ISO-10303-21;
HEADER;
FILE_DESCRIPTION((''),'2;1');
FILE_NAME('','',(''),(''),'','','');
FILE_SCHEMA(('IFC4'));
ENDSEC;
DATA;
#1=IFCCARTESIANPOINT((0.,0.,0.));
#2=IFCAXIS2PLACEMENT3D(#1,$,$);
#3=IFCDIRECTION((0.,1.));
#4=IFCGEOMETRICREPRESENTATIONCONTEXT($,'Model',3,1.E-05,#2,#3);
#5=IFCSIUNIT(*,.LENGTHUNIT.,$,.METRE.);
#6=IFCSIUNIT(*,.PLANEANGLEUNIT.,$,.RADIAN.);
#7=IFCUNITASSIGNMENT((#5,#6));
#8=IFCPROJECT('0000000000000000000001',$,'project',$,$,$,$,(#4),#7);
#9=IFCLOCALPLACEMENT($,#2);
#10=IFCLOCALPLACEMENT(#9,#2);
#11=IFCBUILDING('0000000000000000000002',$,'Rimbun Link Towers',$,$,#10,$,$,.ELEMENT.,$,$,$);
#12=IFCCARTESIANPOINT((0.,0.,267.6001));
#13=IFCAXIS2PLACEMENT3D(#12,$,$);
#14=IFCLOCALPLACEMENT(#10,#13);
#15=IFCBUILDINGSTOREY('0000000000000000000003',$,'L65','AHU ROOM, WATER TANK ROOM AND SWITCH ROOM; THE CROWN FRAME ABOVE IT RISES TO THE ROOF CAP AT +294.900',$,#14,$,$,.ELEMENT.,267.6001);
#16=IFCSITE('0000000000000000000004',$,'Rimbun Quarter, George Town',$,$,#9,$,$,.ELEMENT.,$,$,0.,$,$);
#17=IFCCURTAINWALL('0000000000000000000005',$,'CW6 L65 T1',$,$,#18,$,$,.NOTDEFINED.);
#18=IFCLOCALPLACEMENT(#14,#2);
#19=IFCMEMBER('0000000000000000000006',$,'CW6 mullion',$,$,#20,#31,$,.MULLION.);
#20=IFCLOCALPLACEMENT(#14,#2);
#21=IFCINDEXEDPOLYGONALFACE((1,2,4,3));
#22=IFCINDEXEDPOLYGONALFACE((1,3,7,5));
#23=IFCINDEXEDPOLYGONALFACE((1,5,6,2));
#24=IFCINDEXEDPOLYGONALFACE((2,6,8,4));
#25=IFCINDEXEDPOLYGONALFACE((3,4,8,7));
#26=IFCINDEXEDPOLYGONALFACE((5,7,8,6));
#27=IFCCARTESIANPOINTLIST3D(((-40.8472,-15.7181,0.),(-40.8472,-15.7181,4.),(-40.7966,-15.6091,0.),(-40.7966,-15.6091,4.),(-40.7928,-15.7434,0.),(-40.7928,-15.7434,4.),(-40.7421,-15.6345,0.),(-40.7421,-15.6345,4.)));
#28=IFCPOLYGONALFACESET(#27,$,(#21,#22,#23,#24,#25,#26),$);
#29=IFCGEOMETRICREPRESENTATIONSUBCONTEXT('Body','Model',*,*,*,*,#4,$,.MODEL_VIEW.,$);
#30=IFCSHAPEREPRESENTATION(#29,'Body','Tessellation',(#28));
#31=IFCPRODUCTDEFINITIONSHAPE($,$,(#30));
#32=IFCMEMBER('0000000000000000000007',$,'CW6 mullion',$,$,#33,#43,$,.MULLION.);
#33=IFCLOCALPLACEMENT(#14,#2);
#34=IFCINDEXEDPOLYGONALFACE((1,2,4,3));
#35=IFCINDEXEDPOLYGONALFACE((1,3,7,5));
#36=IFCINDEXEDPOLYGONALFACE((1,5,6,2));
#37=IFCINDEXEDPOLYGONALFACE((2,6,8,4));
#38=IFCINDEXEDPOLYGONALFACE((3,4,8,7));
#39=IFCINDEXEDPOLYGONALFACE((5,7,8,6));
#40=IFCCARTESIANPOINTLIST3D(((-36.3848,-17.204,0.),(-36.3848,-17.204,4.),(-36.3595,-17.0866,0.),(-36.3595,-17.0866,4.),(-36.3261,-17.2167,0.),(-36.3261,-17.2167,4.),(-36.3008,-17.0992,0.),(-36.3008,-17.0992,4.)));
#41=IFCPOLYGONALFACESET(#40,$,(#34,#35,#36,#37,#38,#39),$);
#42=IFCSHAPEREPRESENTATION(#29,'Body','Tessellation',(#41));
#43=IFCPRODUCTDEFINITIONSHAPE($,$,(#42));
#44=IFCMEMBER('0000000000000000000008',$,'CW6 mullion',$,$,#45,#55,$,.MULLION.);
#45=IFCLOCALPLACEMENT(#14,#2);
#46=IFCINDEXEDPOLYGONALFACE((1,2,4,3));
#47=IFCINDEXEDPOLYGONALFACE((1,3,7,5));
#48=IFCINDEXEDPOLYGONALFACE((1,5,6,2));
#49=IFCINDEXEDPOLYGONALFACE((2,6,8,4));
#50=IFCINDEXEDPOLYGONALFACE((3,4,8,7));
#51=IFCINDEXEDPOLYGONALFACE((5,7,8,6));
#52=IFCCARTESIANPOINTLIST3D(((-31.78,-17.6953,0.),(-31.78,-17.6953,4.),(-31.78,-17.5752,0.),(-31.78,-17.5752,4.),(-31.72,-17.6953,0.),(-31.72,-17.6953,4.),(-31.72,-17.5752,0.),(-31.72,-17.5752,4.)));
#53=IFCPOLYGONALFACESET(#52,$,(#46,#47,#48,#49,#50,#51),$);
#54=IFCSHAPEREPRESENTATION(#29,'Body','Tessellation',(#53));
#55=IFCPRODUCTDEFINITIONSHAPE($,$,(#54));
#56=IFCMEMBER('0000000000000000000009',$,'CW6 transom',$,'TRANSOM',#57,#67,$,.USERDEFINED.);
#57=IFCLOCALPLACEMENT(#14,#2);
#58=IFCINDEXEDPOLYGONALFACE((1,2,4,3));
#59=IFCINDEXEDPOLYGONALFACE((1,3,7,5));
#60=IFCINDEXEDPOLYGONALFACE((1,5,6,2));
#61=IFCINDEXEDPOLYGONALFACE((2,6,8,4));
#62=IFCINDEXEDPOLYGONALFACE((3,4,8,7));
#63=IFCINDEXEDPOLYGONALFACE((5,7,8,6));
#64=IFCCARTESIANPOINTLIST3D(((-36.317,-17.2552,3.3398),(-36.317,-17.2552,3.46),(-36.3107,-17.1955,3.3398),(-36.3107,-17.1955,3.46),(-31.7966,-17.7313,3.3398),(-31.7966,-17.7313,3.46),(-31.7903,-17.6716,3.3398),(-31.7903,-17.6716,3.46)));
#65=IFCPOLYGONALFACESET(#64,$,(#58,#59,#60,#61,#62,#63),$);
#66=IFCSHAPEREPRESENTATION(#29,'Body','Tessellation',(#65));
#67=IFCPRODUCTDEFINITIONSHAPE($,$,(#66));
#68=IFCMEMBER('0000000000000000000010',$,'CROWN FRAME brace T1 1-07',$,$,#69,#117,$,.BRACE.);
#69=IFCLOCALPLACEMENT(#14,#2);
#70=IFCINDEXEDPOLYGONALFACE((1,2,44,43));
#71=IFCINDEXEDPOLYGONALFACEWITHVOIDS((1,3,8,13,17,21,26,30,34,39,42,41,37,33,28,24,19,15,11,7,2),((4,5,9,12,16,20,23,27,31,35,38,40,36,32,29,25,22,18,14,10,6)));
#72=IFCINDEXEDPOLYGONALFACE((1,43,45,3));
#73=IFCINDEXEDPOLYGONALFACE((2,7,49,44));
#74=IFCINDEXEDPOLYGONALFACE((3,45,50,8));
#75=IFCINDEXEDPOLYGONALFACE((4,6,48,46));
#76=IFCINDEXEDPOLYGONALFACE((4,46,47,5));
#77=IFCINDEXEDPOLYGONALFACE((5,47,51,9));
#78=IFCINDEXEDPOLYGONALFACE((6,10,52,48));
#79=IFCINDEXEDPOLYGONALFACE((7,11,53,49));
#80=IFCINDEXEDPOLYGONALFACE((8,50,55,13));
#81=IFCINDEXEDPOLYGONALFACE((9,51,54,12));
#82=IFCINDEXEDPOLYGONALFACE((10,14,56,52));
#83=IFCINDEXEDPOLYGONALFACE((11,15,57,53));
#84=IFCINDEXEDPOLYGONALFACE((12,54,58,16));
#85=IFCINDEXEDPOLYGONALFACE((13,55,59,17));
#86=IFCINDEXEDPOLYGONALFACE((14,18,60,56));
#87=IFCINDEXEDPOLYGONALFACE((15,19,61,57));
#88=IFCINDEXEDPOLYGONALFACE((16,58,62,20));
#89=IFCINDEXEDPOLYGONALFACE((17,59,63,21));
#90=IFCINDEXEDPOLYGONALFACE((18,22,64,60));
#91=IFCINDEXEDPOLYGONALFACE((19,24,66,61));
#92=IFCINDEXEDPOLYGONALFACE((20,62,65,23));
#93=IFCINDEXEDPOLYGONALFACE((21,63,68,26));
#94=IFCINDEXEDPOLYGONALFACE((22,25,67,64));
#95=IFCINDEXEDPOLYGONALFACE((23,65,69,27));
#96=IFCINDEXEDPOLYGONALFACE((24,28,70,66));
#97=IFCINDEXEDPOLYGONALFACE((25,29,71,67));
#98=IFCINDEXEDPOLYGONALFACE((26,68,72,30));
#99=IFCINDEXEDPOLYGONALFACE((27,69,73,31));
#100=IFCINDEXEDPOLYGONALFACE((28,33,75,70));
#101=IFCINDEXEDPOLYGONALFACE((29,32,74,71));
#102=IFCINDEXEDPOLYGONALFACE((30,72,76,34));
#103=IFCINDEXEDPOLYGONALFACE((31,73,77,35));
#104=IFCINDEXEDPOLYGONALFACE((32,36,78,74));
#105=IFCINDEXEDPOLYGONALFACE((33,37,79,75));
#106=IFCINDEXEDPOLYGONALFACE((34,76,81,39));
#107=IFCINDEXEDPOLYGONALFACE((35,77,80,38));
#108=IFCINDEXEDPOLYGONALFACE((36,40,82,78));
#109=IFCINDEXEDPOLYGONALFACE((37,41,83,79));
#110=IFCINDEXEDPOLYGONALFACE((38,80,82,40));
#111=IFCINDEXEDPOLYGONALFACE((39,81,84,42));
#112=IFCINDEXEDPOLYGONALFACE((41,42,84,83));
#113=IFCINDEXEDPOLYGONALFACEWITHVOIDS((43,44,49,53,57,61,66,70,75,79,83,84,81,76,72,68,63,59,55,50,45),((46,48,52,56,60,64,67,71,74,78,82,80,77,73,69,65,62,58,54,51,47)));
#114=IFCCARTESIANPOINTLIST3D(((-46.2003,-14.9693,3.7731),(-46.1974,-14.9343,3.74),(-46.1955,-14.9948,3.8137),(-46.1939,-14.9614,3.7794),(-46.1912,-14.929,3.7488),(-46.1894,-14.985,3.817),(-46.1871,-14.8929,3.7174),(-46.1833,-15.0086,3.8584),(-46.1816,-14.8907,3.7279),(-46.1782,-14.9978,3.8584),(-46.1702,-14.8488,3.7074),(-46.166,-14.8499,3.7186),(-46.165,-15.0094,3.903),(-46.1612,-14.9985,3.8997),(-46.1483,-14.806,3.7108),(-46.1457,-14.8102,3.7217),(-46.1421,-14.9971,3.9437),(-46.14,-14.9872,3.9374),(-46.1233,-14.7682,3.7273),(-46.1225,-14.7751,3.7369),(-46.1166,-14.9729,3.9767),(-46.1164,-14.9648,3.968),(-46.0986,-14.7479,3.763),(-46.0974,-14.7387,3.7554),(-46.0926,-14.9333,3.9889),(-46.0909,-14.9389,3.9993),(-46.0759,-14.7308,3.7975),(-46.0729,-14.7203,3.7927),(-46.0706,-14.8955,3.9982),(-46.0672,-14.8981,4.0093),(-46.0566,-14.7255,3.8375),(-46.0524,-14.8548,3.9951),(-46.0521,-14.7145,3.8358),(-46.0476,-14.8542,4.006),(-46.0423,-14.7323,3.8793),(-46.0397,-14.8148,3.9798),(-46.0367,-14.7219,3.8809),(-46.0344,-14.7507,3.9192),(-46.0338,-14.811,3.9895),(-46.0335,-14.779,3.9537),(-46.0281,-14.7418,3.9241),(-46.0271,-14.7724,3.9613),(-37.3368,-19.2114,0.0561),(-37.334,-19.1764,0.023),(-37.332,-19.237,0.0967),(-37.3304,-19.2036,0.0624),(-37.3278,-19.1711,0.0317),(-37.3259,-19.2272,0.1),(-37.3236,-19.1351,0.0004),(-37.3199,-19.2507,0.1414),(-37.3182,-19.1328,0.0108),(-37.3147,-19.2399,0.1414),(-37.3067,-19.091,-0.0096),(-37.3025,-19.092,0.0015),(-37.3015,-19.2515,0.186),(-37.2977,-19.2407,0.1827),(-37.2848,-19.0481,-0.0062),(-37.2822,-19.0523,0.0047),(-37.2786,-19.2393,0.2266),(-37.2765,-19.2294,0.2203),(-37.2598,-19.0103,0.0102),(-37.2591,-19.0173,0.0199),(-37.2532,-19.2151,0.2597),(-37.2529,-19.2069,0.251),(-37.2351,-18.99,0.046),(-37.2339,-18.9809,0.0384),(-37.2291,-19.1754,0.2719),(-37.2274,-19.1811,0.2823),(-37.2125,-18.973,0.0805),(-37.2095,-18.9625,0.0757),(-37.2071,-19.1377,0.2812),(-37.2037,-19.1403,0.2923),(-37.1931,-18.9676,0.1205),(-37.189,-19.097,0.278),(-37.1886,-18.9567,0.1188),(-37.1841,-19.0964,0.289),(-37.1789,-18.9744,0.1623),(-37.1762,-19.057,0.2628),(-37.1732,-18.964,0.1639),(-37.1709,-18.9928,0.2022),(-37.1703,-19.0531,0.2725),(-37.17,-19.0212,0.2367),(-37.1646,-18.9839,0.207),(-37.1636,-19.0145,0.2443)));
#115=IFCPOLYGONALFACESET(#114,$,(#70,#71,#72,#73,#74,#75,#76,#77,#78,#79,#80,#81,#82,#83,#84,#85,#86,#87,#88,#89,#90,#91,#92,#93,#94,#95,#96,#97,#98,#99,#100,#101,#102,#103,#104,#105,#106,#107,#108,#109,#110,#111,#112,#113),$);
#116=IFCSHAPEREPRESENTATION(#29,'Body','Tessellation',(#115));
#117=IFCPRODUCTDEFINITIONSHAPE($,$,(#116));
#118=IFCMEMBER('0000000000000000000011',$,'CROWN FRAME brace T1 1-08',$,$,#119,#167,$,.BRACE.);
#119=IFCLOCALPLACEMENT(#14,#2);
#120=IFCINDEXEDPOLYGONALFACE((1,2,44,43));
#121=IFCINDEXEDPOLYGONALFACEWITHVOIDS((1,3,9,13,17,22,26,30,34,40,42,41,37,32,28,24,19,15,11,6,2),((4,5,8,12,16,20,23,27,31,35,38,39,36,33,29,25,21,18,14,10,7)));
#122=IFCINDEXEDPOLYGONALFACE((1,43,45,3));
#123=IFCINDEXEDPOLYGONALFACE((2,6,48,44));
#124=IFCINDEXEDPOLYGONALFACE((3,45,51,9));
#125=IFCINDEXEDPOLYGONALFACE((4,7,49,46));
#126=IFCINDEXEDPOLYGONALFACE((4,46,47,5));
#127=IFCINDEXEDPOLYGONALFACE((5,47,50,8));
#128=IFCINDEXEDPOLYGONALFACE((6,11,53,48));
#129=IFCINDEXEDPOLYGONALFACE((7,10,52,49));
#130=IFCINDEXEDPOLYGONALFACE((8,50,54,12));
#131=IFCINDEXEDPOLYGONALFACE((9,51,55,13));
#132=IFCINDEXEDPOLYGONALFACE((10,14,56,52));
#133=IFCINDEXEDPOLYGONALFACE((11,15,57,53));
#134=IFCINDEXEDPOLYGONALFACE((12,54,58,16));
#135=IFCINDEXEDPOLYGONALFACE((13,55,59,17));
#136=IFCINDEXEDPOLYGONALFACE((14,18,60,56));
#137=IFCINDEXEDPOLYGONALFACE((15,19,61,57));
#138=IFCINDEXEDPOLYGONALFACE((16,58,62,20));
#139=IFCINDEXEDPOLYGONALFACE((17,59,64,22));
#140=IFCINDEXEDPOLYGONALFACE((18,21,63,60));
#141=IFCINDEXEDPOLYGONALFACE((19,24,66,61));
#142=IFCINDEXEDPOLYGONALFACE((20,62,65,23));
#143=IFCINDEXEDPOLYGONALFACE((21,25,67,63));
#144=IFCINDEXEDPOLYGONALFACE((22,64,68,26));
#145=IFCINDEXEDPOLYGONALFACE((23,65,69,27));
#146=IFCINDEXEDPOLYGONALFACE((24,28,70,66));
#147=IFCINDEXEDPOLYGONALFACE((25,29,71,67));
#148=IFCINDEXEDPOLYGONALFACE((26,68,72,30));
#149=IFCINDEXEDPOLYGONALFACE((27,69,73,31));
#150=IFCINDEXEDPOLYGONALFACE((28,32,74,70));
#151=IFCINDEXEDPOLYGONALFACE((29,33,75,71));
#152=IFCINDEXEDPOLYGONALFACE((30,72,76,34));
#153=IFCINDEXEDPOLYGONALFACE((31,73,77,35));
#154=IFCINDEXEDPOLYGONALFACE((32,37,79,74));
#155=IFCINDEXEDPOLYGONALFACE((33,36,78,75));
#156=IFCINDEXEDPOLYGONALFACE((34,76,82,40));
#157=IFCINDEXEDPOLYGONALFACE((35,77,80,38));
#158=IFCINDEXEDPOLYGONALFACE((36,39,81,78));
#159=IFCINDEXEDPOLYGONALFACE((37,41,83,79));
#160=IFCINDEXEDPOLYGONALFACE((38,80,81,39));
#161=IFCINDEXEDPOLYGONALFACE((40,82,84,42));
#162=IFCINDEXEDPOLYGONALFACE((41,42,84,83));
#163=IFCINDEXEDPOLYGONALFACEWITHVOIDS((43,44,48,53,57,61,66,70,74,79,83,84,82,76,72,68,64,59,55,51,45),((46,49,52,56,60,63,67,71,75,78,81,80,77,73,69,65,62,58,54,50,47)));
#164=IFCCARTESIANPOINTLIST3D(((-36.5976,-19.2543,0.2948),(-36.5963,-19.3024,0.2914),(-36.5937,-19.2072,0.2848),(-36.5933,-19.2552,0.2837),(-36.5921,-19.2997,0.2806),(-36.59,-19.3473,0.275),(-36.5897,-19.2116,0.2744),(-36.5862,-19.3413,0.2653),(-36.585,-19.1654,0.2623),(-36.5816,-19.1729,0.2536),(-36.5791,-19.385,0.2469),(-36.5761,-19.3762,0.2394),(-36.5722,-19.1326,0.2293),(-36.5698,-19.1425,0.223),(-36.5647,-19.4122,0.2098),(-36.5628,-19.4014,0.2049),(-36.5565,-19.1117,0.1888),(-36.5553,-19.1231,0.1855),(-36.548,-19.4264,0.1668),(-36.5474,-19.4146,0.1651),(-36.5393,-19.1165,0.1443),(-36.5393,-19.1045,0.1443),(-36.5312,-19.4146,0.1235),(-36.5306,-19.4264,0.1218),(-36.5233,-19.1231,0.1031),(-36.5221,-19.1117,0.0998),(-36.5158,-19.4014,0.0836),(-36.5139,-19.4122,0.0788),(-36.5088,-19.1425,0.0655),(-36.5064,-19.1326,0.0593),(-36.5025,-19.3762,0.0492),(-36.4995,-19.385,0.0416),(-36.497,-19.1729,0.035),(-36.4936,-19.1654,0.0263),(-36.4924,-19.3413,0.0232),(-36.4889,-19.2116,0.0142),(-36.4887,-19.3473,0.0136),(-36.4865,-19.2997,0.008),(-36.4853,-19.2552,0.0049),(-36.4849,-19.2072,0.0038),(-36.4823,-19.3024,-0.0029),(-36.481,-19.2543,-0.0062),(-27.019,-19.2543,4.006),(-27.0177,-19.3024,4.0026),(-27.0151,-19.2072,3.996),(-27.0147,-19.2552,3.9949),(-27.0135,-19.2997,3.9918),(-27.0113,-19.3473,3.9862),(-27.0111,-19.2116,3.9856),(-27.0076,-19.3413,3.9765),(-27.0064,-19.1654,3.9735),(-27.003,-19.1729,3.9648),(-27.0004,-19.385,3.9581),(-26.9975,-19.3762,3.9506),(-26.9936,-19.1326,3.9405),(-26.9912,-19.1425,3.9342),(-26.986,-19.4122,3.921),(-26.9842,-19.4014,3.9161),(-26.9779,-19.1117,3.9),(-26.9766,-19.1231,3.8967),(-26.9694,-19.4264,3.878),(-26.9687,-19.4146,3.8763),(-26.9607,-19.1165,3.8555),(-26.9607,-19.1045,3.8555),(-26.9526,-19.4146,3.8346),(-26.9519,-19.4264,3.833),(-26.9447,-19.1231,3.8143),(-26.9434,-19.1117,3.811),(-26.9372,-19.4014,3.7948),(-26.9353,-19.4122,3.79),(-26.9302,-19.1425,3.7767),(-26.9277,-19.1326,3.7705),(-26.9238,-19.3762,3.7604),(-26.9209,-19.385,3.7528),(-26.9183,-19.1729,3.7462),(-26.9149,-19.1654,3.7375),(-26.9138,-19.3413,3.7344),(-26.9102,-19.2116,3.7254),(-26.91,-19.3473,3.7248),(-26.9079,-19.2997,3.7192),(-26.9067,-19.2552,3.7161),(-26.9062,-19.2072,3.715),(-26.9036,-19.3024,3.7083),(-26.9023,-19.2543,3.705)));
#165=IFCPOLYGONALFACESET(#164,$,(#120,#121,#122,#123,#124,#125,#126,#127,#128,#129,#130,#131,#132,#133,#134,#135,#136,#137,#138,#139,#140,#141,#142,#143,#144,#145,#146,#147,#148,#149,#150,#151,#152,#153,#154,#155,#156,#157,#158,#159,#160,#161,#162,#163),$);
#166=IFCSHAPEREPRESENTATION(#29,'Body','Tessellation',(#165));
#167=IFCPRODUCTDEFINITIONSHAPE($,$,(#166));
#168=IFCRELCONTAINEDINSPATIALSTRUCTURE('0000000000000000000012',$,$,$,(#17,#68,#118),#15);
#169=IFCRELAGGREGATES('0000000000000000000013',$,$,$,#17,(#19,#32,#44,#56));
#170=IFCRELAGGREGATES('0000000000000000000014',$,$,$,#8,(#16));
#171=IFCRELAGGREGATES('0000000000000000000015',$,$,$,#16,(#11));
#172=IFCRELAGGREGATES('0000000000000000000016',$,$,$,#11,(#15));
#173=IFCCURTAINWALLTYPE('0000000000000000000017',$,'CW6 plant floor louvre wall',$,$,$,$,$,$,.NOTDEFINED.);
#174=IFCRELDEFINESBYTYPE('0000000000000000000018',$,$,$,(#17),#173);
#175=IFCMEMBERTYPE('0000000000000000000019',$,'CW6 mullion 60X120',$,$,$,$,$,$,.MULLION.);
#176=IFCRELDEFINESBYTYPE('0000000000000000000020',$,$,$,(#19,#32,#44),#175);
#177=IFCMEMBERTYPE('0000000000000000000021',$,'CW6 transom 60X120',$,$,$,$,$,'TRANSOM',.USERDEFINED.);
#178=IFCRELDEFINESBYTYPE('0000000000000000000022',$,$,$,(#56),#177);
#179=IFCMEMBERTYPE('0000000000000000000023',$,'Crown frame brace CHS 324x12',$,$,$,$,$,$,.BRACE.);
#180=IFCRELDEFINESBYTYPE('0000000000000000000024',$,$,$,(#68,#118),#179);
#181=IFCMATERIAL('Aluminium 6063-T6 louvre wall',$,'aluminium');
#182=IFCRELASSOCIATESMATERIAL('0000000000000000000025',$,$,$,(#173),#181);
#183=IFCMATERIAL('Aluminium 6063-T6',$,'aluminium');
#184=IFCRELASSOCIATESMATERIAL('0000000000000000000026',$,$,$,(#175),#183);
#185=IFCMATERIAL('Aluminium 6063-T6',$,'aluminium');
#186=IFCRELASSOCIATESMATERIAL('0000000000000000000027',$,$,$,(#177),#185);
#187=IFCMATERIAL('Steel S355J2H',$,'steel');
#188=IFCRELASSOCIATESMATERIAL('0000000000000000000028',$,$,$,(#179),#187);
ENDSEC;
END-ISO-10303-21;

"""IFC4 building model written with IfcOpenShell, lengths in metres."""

from ifc_helpers import new_model, si_unit, direction, frame, origin, origin_2d, place, context, subcontext, project, spatial, rectangle, hollow_circle, extrude, material, material_profile, profile_set, type_object, element, aggregate, save


model = new_model("IFC4")

# Units and contexts
model_context = context("Model", 3, precision=1e-05, world=origin(), true_north=direction((0.0, 1.0)))
body_context = subcontext(model_context, "Body", "Model", "MODEL_VIEW")
ifc_project = project(units=[si_unit("LENGTHUNIT", "METRE"), si_unit("PLANEANGLEUNIT", "RADIAN")], contexts=[model_context])

# Site, building, storey
site_placement = place(None, origin())
site = spatial("IfcSite", under=ifc_project, at=site_placement, Name="Rimbun Quarter, George Town", CompositionType="ELEMENT", RefElevation=0.0)
building_placement = place(site_placement, origin())
building = spatial("IfcBuilding", under=site, at=building_placement, Name="Rimbun Link Towers", CompositionType="ELEMENT")
storey_placement = place(building_placement, frame((0.0, 0.0, 267.6001)))
storey = spatial("IfcBuildingStorey", under=building, at=storey_placement, Name="L65", Description="AHU ROOM, WATER TANK ROOM AND SWITCH ROOM; THE CROWN FRAME ABOVE IT RISES TO THE ROOF CAP AT +294.900", CompositionType="ELEMENT", Elevation=267.6001)

# Curtain wall, members
ifc_material_1 = material(Name="Aluminium 6063-T6 louvre wall", Category="aluminium")
curtain_wall_type = type_object("IfcCurtainWallType", Name="CW6 plant floor louvre wall", PredefinedType="NOTDEFINED", material=ifc_material_1)
curtain_wall_placement = place(storey_placement, origin())
curtain_wall = element("IfcCurtainWall", 1, at=curtain_wall_placement, inside=storey, type_object=curtain_wall_type, Name="CW6 L65 T1", PredefinedType="NOTDEFINED")
ifc_material_2 = material(Name="Aluminium 6063-T6", Category="aluminium")
ifc_material_profile_1 = material_profile(ifc_material_2, rectangle(XDim=0.1201, YDim=0.0601, at=origin_2d()), Name="MULLION 60X120")
ifc_profile_set_1 = profile_set([ifc_material_profile_1], Name="Aluminium 6063-T6")
member_type_1 = type_object("IfcMemberType", Name="CW6 mullion 60X120", PredefinedType="MULLION", material=ifc_profile_set_1)
member_1_placement = place(storey_placement, frame((-40.7947, -15.6763, 0.0), z_axis=(0.0, 0.0, 1.0), x_axis=(-0.421709, -0.906731, 0.0)))
member_1 = element("IfcMember", 2, at=member_1_placement, type_object=member_type_1, Name="CW6 mullion", PredefinedType="MULLION", context=body_context, shape_type="SweptSolid", body=[
    extrude(rectangle(XDim=0.1201, YDim=0.0601, at=origin_2d()), origin(), (0.0, 0.0, 1.0), 4.0),
])
member_2_placement = place(storey_placement, frame((-36.3428, -17.1516, 0.0), z_axis=(0.0, 0.0, 1.0), x_axis=(-0.210863, -0.977516, 0.0)))
member_2 = element("IfcMember", 3, at=member_2_placement, type_object=member_type_1, Name="CW6 mullion", PredefinedType="MULLION", context=body_context, shape_type="SweptSolid", body=[
    extrude(rectangle(XDim=0.1201, YDim=0.0601, at=origin_2d()), origin(), (0.0, 0.0, 1.0), 4.0),
])
member_3_placement = place(storey_placement, frame((-31.75, -17.6353, 0.0), z_axis=(0.0, 0.0, 1.0), x_axis=(0.0, -1.0, 0.0)))
member_3 = element("IfcMember", 4, at=member_3_placement, type_object=member_type_1, Name="CW6 mullion", PredefinedType="MULLION", context=body_context, shape_type="SweptSolid", body=[
    extrude(rectangle(XDim=0.1201, YDim=0.0601, at=origin_2d()), origin(), (0.0, 0.0, 1.0), 4.0),
])
ifc_material_3 = material(Name="Aluminium 6063-T6", Category="aluminium")
ifc_material_profile_2 = material_profile(ifc_material_3, rectangle(XDim=0.0601, YDim=0.1201, at=origin_2d()), Name="TRANSOM 60X120")
ifc_profile_set_2 = profile_set([ifc_material_profile_2], Name="Aluminium 6063-T6")
member_type_2 = type_object("IfcMemberType", Name="CW6 transom 60X120", ElementType="TRANSOM", PredefinedType="USERDEFINED", material=ifc_profile_set_2)
member_4_placement = place(storey_placement, frame((-31.7935, -17.7014, 3.3999), z_axis=(-0.9945, 0.104735, 0.0), x_axis=(-0.104735, -0.9945, 0.0)))
member_4 = element("IfcMember", 5, at=member_4_placement, type_object=member_type_2, Name="CW6 transom", ObjectType="TRANSOM", PredefinedType="USERDEFINED", context=body_context, shape_type="SweptSolid", body=[
    extrude(rectangle(XDim=0.0601, YDim=0.1201, at=origin_2d()), origin(), (0.0, 0.0, 1.0), 4.5454),
])

# Members
ifc_material_4 = material(Name="Steel S355J2H", Category="steel")
ifc_material_profile_3 = material_profile(ifc_material_4, hollow_circle(Radius=0.1619, WallThickness=0.012, at=origin_2d()), Name="Crown frame brace CHS 324x12")
ifc_profile_set_3 = profile_set([ifc_material_profile_3], Name="Steel S355J2H")
member_type_3 = type_object("IfcMemberType", Name="Crown frame brace CHS 324x12", PredefinedType="BRACE", material=ifc_profile_set_3)
member_5_placement = place(storey_placement, frame((-37.25, -19.1047, 0.1414), z_axis=(-0.843669, 0.40379, 0.353804), x_axis=(-0.431713, -0.902011, 0.0)))
element("IfcMember", 6, at=member_5_placement, inside=storey, type_object=member_type_3, Name="CROWN FRAME brace T1 1-07", PredefinedType="BRACE", context=body_context, shape_type="SweptSolid", body=[
    extrude(hollow_circle(Radius=0.1619, WallThickness=0.012, at=origin_2d()), origin(), (0.0, 0.0, 1.0), 10.5059),
])
member_6_placement = place(storey_placement, frame((-36.5393, -19.2664, 0.1443), z_axis=(0.932459, 0.0, 0.361276), x_axis=(0.0, 1.0, 0.0)))
element("IfcMember", 7, at=member_6_placement, inside=storey, type_object=member_type_3, Name="CROWN FRAME brace T1 1-08", PredefinedType="BRACE", context=body_context, shape_type="SweptSolid", body=[
    extrude(hollow_circle(Radius=0.1619, WallThickness=0.012, at=origin_2d()), origin(), (0.0, 0.0, 1.0), 10.2725),
])

aggregate(curtain_wall, [member_1, member_2, member_3, member_4])

save(model, "model.ifc")
